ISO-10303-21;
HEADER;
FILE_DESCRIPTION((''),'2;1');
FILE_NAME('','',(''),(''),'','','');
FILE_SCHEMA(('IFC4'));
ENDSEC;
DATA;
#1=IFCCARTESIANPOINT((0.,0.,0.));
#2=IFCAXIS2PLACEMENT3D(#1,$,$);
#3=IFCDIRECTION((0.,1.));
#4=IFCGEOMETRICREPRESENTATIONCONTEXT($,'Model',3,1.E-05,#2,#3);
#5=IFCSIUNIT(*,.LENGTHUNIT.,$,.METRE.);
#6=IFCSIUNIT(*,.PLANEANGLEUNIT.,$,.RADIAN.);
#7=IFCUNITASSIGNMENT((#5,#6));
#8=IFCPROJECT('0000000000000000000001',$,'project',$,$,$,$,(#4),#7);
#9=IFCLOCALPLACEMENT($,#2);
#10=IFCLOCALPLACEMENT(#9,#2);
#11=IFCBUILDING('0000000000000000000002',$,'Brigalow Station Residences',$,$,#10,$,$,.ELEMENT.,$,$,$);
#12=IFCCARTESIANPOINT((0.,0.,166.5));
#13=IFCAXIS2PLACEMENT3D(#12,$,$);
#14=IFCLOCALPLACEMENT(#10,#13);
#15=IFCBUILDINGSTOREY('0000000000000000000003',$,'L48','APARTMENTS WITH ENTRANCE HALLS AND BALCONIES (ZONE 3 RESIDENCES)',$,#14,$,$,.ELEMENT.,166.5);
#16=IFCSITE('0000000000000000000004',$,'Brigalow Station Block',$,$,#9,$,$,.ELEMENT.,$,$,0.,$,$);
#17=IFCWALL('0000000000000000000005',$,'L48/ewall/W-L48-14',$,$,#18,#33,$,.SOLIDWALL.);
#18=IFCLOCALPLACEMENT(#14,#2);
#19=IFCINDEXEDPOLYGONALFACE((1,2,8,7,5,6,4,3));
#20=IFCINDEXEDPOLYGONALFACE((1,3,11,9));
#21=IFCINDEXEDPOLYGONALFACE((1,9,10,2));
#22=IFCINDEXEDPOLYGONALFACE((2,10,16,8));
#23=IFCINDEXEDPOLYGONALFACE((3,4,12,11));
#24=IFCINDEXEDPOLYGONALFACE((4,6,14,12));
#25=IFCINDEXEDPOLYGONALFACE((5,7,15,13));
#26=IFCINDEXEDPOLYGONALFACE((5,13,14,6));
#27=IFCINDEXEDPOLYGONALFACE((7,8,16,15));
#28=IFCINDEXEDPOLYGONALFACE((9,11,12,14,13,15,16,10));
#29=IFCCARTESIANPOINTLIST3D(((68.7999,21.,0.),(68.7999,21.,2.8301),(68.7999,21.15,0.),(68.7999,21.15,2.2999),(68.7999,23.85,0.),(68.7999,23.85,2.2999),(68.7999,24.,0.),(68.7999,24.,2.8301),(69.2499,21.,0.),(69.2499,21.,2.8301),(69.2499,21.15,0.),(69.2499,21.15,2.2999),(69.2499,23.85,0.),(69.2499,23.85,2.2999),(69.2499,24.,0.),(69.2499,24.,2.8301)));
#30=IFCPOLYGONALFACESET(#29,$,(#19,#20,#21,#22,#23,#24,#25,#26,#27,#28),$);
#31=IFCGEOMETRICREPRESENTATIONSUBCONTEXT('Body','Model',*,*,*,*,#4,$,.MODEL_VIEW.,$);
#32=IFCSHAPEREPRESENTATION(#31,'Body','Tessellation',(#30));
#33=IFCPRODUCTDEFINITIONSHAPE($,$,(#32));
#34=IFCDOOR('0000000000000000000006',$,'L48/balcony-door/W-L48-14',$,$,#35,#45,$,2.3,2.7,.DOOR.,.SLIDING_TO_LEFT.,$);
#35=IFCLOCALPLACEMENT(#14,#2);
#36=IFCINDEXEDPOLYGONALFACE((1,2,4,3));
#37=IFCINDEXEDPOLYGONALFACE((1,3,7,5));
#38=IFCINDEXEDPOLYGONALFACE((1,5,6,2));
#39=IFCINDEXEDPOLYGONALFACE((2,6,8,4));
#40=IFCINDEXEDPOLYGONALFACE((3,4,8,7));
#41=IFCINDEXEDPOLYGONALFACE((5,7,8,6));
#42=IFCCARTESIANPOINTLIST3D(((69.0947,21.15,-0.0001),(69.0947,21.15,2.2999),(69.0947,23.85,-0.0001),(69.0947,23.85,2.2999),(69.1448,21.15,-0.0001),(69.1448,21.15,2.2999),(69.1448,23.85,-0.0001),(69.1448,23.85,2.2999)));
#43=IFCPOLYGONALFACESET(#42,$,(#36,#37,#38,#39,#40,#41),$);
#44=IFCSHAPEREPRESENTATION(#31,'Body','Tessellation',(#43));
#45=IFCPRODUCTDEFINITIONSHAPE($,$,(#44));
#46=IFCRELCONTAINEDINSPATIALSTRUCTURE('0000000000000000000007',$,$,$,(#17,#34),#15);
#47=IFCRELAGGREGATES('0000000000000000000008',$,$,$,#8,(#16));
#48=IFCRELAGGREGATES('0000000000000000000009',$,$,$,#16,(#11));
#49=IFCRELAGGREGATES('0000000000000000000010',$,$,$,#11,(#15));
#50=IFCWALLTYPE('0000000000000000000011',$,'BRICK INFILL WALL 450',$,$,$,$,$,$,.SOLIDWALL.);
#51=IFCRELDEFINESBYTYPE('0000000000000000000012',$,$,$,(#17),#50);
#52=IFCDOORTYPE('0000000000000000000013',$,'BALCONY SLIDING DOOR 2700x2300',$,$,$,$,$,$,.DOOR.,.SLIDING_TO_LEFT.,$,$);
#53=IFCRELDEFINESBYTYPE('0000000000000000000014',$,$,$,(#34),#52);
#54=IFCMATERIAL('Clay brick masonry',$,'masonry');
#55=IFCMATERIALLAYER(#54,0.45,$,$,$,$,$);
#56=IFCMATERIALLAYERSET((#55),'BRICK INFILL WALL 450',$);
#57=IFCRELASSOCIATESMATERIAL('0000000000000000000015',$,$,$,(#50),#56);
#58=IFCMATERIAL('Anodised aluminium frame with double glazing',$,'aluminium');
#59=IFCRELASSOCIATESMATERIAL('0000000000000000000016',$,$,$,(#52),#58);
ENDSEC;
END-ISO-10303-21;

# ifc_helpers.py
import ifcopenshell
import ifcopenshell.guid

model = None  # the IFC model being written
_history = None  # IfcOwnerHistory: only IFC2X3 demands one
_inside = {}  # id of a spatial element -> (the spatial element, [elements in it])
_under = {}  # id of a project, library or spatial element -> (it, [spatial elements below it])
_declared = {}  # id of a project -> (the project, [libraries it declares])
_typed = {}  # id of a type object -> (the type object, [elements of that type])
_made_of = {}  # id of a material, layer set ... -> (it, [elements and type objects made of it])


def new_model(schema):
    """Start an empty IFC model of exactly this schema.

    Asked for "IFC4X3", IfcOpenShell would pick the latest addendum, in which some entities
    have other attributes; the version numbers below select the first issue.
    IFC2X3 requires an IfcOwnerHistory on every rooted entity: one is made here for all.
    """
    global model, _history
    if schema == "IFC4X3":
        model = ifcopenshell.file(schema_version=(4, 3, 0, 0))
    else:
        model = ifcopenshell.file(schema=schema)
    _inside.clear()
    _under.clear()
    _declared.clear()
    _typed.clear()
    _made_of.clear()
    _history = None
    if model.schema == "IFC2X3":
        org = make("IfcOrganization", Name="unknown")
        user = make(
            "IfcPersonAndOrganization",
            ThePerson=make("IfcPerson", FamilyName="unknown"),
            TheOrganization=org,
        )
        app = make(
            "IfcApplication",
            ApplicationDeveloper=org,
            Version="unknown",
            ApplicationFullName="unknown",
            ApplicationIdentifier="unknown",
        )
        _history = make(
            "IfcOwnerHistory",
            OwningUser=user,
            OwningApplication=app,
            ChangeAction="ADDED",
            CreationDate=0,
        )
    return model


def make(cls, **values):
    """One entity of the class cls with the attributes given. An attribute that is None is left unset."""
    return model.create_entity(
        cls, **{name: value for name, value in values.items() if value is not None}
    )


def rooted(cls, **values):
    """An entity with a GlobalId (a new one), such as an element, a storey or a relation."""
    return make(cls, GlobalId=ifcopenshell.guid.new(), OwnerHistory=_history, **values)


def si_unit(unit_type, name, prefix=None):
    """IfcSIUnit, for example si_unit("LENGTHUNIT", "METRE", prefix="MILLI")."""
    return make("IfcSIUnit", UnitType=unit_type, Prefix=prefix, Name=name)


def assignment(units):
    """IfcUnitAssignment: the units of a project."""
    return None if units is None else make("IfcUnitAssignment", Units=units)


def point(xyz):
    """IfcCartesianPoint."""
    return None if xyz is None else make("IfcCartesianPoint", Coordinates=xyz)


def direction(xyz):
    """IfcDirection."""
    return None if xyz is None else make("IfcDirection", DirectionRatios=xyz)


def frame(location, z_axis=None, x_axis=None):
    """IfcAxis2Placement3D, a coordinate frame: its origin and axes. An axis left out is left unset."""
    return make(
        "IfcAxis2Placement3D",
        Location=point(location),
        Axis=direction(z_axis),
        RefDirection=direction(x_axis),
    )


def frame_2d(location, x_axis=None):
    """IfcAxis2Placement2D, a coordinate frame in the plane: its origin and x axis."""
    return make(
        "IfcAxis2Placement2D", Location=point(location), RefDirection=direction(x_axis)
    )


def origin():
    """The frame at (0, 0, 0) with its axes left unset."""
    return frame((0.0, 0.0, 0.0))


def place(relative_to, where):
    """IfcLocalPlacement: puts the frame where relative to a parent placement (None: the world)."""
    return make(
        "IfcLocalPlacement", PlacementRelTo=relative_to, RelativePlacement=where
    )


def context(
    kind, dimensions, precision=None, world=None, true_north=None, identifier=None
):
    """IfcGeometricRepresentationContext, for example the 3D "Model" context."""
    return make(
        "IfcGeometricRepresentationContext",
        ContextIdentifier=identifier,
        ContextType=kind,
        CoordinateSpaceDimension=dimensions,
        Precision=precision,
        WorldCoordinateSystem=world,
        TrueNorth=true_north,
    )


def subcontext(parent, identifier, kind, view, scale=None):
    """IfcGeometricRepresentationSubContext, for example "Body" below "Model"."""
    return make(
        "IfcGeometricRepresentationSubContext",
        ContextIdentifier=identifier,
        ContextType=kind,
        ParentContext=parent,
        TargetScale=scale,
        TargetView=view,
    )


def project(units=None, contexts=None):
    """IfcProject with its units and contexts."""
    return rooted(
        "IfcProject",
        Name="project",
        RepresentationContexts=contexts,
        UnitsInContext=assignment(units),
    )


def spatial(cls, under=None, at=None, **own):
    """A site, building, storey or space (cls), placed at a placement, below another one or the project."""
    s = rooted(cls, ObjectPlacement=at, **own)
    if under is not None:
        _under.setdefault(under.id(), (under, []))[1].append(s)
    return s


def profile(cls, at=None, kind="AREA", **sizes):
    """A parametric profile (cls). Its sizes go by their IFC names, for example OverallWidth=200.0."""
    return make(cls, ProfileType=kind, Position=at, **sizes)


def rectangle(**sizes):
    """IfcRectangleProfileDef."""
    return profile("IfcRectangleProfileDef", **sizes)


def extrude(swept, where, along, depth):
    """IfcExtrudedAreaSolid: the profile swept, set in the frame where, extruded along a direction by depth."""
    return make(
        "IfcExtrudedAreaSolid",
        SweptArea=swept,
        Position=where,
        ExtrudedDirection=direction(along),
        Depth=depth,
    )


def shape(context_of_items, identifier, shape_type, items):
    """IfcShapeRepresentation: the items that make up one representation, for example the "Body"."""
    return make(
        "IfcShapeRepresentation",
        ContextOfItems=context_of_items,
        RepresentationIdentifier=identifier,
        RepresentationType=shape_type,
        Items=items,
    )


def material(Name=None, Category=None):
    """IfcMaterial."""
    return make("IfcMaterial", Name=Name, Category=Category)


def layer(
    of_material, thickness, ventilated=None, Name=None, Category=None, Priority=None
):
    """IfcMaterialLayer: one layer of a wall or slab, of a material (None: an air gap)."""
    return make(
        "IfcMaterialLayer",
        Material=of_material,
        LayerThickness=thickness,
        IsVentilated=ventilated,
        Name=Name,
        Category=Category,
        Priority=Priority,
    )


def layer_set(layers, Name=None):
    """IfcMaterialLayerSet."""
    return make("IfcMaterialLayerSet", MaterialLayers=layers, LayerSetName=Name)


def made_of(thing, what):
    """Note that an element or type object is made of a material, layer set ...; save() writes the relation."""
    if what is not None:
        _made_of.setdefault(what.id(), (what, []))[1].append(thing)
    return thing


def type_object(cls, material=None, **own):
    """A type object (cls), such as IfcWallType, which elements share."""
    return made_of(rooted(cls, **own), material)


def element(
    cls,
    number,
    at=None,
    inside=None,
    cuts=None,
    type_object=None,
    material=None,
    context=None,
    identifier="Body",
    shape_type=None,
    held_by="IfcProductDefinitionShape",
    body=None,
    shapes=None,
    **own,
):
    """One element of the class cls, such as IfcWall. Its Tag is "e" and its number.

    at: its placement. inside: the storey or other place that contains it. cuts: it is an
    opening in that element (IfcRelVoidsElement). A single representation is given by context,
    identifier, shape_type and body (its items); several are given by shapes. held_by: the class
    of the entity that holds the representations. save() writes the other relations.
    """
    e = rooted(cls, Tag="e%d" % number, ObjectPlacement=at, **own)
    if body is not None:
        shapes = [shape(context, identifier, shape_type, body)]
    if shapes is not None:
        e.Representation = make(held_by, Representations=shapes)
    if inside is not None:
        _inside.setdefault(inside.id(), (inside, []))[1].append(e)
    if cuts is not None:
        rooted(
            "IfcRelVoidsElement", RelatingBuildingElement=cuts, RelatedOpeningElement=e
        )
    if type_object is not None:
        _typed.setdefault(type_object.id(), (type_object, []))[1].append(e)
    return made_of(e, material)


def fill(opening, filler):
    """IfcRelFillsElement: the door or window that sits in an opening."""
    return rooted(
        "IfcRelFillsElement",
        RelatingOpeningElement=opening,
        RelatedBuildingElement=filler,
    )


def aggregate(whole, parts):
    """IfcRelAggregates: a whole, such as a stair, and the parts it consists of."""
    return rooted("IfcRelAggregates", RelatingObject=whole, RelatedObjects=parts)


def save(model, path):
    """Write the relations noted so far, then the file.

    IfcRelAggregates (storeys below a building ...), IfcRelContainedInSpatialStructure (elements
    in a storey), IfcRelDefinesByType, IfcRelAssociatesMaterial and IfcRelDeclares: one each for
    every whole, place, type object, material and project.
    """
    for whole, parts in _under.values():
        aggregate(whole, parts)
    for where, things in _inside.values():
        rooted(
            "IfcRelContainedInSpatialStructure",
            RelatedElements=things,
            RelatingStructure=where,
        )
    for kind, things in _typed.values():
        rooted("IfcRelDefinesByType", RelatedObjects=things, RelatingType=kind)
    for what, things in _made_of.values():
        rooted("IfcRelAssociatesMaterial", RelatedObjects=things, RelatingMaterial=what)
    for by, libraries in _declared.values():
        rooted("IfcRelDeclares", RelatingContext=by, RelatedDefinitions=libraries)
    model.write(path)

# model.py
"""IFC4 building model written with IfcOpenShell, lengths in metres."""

from ifc_helpers import new_model, si_unit, direction, frame, frame_2d, origin, place, context, subcontext, project, spatial, rectangle, extrude, material, layer, layer_set, type_object, element, fill, save


model = new_model("IFC4")

# Units and contexts
model_context = context("Model", 3, precision=1e-05, world=origin(), true_north=direction((0.0, 1.0)))
body_context = subcontext(model_context, "Body", "Model", "MODEL_VIEW")
ifc_project = project(units=[si_unit("LENGTHUNIT", "METRE"), si_unit("PLANEANGLEUNIT", "RADIAN")], contexts=[model_context])

# Site, building, storey
site_placement = place(None, origin())
site = spatial("IfcSite", under=ifc_project, at=site_placement, Name="Brigalow Station Block", CompositionType="ELEMENT", RefElevation=0.0)
building_placement = place(site_placement, origin())
building = spatial("IfcBuilding", under=site, at=building_placement, Name="Brigalow Station Residences", CompositionType="ELEMENT")
storey_placement = place(building_placement, frame((0.0, 0.0, 166.5)))
storey = spatial("IfcBuildingStorey", under=building, at=storey_placement, Name="L48", Description="APARTMENTS WITH ENTRANCE HALLS AND BALCONIES (ZONE 3 RESIDENCES)", CompositionType="ELEMENT", Elevation=166.5)

# Shared definitions
ifc_material_1 = material(Name="Clay brick masonry", Category="masonry")
ifc_layer = layer(ifc_material_1, 0.45)
ifc_layer_set = layer_set([ifc_layer], Name="BRICK INFILL WALL 450")
wall_type = type_object("IfcWallType", Name="BRICK INFILL WALL 450", PredefinedType="SOLIDWALL", material=ifc_layer_set)

# Wall, opening, door
ifc_material_2 = material(Name="Anodised aluminium frame with double glazing", Category="aluminium")
door_type = type_object("IfcDoorType", Name="BALCONY SLIDING DOOR 2700x2300", OperationType="SLIDING_TO_LEFT", PredefinedType="DOOR", material=ifc_material_2)
wall_1_placement = place(storey_placement, frame((69.0249, 21.0, 0.0), z_axis=(0.0, 0.0, 1.0), x_axis=(0.0, 1.0, 0.0)))
wall_1 = element("IfcWall", 1, at=wall_1_placement, inside=storey, type_object=wall_type, Name="L48/ewall/W-L48-14", PredefinedType="SOLIDWALL", context=body_context, shape_type="SweptSolid", body=[
    extrude(rectangle(XDim=3.0, YDim=0.45, at=frame_2d((1.5, 0.0))), origin(), (0.0, 0.0, 1.0), 2.8301),
])
opening_1_placement = place(wall_1_placement, frame((0.1499, 0.0, 0.0)))
opening_1 = element("IfcOpeningElement", 2, at=opening_1_placement, cuts=wall_1, PredefinedType="OPENING", context=body_context, shape_type="SweptSolid", body=[
    extrude(rectangle(XDim=2.7, YDim=2.3, at=frame_2d((1.3501, 1.1499))), frame((0.0, 0.2349, 0.0), z_axis=(0.0, -1.0, 0.0), x_axis=(1.0, 0.0, 0.0)), (0.0, 0.0, 1.0), 0.47),
])
door_1_placement = place(opening_1_placement, origin())
door_1 = element("IfcDoor", 3, at=door_1_placement, inside=storey, type_object=door_type, Name="L48/balcony-door/W-L48-14", OperationType="SLIDING_TO_LEFT", OverallHeight=2.3, OverallWidth=2.7, PredefinedType="DOOR", context=body_context, shape_type="SweptSolid", body=[
    extrude(rectangle(XDim=2.7, YDim=2.3, at=frame_2d((1.3501, 1.1499))), frame((0.0, -0.0698, 0.0), z_axis=(0.0, -1.0, 0.0), x_axis=(1.0, 0.0, 0.0)), (0.0, 0.0, 1.0), 0.05),
])
fill(opening_1, door_1)

save(model, "model.ifc")
